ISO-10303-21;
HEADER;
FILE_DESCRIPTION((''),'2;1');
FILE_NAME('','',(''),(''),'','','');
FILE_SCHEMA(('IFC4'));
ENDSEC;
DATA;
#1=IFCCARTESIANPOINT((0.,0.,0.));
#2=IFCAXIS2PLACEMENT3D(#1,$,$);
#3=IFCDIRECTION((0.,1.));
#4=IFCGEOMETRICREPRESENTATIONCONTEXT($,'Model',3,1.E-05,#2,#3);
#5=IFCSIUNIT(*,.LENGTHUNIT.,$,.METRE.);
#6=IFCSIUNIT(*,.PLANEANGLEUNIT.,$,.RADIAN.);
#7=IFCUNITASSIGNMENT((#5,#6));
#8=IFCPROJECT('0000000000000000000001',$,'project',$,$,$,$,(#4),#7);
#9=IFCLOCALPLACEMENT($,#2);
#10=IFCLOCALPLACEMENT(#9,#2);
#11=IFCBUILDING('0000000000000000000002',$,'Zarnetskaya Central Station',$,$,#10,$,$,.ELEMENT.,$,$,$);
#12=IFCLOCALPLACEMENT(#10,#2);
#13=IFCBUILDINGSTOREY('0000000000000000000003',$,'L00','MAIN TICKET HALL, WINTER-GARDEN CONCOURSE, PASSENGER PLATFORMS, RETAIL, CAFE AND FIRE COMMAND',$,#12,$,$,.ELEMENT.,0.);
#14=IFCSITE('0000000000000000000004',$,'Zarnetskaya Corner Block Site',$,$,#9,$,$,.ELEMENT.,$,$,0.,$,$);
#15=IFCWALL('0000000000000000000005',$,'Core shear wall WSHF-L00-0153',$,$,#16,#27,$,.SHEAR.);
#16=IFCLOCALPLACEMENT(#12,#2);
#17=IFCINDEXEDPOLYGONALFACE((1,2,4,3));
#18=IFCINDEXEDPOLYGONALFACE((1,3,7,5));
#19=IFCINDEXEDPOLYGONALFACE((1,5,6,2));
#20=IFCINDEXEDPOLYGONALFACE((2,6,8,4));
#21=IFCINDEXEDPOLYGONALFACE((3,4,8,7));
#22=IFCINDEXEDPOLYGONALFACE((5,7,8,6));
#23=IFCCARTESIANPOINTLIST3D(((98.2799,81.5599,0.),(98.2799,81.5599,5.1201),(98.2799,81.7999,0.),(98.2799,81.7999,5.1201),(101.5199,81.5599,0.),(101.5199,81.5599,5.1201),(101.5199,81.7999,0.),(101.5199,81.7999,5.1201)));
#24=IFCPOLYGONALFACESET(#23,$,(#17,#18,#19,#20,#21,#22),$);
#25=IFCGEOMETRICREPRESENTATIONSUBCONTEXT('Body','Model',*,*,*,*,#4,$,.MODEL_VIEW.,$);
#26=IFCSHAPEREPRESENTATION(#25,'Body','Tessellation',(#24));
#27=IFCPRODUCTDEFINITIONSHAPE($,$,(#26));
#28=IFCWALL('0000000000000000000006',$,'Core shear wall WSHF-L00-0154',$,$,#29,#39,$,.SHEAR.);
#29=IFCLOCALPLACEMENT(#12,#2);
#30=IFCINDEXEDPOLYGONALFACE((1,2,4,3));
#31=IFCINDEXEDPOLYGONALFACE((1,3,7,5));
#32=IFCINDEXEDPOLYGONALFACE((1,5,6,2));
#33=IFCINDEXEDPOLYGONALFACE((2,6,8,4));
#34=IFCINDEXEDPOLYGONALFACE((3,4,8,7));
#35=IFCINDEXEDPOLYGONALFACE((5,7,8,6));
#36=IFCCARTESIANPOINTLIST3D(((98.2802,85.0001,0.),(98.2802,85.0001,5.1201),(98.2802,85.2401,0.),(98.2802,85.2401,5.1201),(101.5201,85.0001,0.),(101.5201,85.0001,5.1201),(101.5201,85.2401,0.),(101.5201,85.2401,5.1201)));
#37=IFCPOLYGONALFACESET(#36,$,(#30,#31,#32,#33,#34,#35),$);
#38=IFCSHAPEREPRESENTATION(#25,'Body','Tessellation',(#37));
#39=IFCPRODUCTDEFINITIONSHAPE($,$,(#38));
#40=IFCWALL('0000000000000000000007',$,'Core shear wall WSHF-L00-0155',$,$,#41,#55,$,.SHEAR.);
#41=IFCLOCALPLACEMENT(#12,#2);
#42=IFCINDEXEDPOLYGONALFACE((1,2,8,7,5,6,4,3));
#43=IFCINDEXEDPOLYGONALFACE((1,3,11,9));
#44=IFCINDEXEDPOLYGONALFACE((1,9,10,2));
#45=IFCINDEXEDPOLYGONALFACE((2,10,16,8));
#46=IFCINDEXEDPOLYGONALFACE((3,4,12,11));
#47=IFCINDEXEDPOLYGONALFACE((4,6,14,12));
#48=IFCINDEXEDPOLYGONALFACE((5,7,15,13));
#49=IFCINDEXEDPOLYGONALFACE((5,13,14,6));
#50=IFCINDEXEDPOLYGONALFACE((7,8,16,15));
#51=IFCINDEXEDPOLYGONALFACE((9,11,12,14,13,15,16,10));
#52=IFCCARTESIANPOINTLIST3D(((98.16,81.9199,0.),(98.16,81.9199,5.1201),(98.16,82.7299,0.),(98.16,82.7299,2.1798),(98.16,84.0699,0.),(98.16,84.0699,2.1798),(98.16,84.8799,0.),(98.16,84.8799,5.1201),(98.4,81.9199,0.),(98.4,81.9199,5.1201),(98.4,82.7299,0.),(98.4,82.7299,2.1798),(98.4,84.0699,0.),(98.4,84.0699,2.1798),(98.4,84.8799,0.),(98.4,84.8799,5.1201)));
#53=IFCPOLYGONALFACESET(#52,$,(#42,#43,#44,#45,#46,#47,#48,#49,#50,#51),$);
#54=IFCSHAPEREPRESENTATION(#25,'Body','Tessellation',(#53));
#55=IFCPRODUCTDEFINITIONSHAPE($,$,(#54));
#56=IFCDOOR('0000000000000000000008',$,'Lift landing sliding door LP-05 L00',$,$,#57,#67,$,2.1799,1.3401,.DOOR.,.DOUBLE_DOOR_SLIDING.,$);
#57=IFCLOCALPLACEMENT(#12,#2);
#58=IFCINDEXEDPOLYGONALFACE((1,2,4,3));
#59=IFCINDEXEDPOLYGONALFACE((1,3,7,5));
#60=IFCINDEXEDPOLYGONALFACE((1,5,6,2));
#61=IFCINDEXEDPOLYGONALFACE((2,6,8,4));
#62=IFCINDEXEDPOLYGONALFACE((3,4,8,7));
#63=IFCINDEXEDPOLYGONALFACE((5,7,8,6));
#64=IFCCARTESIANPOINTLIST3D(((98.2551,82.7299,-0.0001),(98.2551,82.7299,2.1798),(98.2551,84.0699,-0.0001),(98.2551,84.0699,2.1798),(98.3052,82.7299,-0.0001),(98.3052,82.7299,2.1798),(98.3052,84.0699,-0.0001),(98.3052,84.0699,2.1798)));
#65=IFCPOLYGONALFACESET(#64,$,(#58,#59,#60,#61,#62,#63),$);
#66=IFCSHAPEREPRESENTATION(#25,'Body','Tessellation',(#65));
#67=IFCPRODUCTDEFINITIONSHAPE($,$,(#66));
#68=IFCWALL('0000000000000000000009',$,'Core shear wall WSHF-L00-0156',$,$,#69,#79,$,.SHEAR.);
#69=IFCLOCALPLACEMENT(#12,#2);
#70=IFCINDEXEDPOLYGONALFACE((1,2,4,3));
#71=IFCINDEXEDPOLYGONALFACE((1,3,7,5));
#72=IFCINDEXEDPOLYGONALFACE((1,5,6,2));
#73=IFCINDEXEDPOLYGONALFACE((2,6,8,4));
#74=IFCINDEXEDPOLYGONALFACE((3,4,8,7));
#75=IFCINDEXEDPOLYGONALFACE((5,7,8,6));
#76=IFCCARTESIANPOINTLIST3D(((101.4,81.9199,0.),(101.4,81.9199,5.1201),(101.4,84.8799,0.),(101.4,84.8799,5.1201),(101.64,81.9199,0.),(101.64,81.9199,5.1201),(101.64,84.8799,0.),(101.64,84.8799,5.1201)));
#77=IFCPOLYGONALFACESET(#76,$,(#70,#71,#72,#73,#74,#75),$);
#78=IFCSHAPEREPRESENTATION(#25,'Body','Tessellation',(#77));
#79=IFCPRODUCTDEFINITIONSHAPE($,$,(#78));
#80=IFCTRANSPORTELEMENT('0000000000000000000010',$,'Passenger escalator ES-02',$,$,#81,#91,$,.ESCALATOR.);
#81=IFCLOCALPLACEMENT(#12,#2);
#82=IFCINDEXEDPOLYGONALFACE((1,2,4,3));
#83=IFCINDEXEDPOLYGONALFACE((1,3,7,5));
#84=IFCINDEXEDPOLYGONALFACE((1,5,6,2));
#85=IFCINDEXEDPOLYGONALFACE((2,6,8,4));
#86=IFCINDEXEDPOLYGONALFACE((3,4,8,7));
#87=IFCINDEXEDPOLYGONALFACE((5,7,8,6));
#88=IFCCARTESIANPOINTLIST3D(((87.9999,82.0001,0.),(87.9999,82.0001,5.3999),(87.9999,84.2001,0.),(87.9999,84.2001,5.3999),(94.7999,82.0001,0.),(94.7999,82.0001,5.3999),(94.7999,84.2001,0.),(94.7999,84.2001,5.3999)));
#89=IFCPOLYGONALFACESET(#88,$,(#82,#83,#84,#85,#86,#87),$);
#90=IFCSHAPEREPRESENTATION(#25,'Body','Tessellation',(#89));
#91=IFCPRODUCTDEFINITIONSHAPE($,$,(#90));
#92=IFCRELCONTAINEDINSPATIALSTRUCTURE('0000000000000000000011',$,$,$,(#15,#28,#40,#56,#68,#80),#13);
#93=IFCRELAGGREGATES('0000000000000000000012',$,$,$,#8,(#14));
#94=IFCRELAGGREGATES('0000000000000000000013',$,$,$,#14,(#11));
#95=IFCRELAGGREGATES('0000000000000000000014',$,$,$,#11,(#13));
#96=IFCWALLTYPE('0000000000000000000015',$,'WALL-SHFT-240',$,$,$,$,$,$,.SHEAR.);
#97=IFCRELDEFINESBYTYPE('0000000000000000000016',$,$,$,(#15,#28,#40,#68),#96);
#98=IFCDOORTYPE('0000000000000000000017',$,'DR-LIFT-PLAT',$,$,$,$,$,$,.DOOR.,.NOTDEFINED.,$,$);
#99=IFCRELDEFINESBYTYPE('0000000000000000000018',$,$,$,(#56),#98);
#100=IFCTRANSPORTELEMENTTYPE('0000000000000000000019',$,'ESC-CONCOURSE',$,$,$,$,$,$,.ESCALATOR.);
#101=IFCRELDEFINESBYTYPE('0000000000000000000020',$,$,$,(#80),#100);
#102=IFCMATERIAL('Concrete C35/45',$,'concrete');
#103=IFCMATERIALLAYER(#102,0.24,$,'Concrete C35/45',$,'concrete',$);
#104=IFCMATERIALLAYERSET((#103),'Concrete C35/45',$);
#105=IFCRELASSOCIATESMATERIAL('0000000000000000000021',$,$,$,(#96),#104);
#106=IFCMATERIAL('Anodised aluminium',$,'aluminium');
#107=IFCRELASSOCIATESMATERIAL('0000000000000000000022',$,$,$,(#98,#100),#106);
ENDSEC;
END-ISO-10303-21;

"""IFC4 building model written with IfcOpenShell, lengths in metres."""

from ifc_helpers import new_model, si_unit, direction, frame, frame_2d, origin, origin_2d, place, context, subcontext, project, spatial, rectangle, extrude, material, layer, layer_set, type_object, element, fill, save


model = new_model("IFC4")

# Units and contexts
model_context = context("Model", 3, precision=1e-05, world=origin(), true_north=direction((0.0, 1.0)))
body_context = subcontext(model_context, "Body", "Model", "MODEL_VIEW")
ifc_project = project(units=[si_unit("LENGTHUNIT", "METRE"), si_unit("PLANEANGLEUNIT", "RADIAN")], contexts=[model_context])

# Site, building, storey
site_placement = place(None, origin())
site = spatial("IfcSite", under=ifc_project, at=site_placement, Name="Zarnetskaya Corner Block Site", CompositionType="ELEMENT", RefElevation=0.0)
building_placement = place(site_placement, origin())
building = spatial("IfcBuilding", under=site, at=building_placement, Name="Zarnetskaya Central Station", CompositionType="ELEMENT")
storey_placement = place(building_placement, origin())
storey = spatial("IfcBuildingStorey", under=building, at=storey_placement, Name="L00", Description="MAIN TICKET HALL, WINTER-GARDEN CONCOURSE, PASSENGER PLATFORMS, RETAIL, CAFE AND FIRE COMMAND", CompositionType="ELEMENT", Elevation=0.0)

# Walls
ifc_material_1 = material(Name="Concrete C35/45", Category="concrete")
ifc_layer = layer(ifc_material_1, 0.24, Name="Concrete C35/45", Category="concrete")
ifc_layer_set = layer_set([ifc_layer], Name="Concrete C35/45")
wall_type = type_object("IfcWallType", Name="WALL-SHFT-240", PredefinedType="SHEAR", material=ifc_layer_set)
for number, where, z_axis, x_axis, name in (
    (1, (101.52, 81.6799, 0.0), (0.0, 0.0, 1.0), (-1.0, 0.0, 0.0), "Core shear wall WSHF-L00-0153"),
    (2, (98.28, 85.1201, 0.0), (0.0, 0.0, 1.0), (1.0, 0.0, 0.0), "Core shear wall WSHF-L00-0154"),
):
    element("IfcWall", number, at=place(storey_placement, frame(where, z_axis=z_axis, x_axis=x_axis)), inside=storey, type_object=wall_type, Name=name, PredefinedType="SHEAR", context=body_context, shape_type="SweptSolid", body=[
        extrude(rectangle(XDim=3.24, YDim=0.24, at=frame_2d((1.6201, 0.0))), origin(), (0.0, 0.0, 1.0), 5.1201),
    ])

# Wall, opening, door
wall_1_placement = place(storey_placement, frame((98.28, 81.9199, 0.0), z_axis=(0.0, 0.0, 1.0), x_axis=(0.0, 1.0, 0.0)))
wall_1 = element("IfcWall", 3, at=wall_1_placement, inside=storey, type_object=wall_type, Name="Core shear wall WSHF-L00-0155", PredefinedType="SHEAR", context=body_context, shape_type="SweptSolid", body=[
    extrude(rectangle(XDim=2.96, YDim=0.24, at=frame_2d((1.48, 0.0))), origin(), (0.0, 0.0, 1.0), 5.1201),
])
opening_placement = place(wall_1_placement, frame((0.8101, 0.0, 0.0)))
opening = element("IfcOpeningElement", 4, at=opening_placement, cuts=wall_1, PredefinedType="OPENING", context=body_context, shape_type="SweptSolid", body=[
    extrude(rectangle(XDim=1.3401, YDim=2.1799, at=frame_2d((0.6699, 1.0898))), frame((0.0, 0.1299, 0.0), z_axis=(0.0, -1.0, 0.0), x_axis=(1.0, 0.0, 0.0)), (0.0, 0.0, 1.0), 0.26),
])
ifc_material_2 = material(Name="Anodised aluminium", Category="aluminium")
door_type = type_object("IfcDoorType", Name="DR-LIFT-PLAT", OperationType="NOTDEFINED", PredefinedType="DOOR", material=ifc_material_2)
door_placement = place(opening_placement, origin())
door = element("IfcDoor", 5, at=door_placement, inside=storey, type_object=door_type, Name="Lift landing sliding door LP-05 L00", OperationType="DOUBLE_DOOR_SLIDING", OverallHeight=2.1799, OverallWidth=1.3401, PredefinedType="DOOR", context=body_context, shape_type="SweptSolid", body=[
    extrude(rectangle(XDim=1.3401, YDim=2.1799, at=frame_2d((0.6699, 1.0898))), frame((0.0, 0.0249, 0.0), z_axis=(0.0, -1.0, 0.0), x_axis=(1.0, 0.0, 0.0)), (0.0, 0.0, 1.0), 0.05),
])
fill(opening, door)

# Wall
wall_2_placement = place(storey_placement, frame((101.52, 84.8799, 0.0), z_axis=(0.0, 0.0, 1.0), x_axis=(0.0, -1.0, 0.0)))
element("IfcWall", 6, at=wall_2_placement, inside=storey, type_object=wall_type, Name="Core shear wall WSHF-L00-0156", PredefinedType="SHEAR", context=body_context, shape_type="SweptSolid", body=[
    extrude(rectangle(XDim=2.96, YDim=0.24, at=frame_2d((1.48, 0.0))), origin(), (0.0, 0.0, 1.0), 5.1201),
])

# Transport element
transport_element_type = type_object("IfcTransportElementType", Name="ESC-CONCOURSE", PredefinedType="ESCALATOR", material=ifc_material_2)
transport_element_placement = place(storey_placement, frame((91.3999, 83.1001, 0.0), z_axis=(0.0, 0.0, 1.0), x_axis=(1.0, 0.0, 0.0)))
element("IfcTransportElement", 7, at=transport_element_placement, inside=storey, type_object=transport_element_type, Name="Passenger escalator ES-02", PredefinedType="ESCALATOR", context=body_context, shape_type="SweptSolid", body=[
    extrude(rectangle(XDim=6.8, YDim=2.2, at=origin_2d()), origin(), (0.0, 0.0, 1.0), 5.3999),
])

save(model, "model.ifc")
